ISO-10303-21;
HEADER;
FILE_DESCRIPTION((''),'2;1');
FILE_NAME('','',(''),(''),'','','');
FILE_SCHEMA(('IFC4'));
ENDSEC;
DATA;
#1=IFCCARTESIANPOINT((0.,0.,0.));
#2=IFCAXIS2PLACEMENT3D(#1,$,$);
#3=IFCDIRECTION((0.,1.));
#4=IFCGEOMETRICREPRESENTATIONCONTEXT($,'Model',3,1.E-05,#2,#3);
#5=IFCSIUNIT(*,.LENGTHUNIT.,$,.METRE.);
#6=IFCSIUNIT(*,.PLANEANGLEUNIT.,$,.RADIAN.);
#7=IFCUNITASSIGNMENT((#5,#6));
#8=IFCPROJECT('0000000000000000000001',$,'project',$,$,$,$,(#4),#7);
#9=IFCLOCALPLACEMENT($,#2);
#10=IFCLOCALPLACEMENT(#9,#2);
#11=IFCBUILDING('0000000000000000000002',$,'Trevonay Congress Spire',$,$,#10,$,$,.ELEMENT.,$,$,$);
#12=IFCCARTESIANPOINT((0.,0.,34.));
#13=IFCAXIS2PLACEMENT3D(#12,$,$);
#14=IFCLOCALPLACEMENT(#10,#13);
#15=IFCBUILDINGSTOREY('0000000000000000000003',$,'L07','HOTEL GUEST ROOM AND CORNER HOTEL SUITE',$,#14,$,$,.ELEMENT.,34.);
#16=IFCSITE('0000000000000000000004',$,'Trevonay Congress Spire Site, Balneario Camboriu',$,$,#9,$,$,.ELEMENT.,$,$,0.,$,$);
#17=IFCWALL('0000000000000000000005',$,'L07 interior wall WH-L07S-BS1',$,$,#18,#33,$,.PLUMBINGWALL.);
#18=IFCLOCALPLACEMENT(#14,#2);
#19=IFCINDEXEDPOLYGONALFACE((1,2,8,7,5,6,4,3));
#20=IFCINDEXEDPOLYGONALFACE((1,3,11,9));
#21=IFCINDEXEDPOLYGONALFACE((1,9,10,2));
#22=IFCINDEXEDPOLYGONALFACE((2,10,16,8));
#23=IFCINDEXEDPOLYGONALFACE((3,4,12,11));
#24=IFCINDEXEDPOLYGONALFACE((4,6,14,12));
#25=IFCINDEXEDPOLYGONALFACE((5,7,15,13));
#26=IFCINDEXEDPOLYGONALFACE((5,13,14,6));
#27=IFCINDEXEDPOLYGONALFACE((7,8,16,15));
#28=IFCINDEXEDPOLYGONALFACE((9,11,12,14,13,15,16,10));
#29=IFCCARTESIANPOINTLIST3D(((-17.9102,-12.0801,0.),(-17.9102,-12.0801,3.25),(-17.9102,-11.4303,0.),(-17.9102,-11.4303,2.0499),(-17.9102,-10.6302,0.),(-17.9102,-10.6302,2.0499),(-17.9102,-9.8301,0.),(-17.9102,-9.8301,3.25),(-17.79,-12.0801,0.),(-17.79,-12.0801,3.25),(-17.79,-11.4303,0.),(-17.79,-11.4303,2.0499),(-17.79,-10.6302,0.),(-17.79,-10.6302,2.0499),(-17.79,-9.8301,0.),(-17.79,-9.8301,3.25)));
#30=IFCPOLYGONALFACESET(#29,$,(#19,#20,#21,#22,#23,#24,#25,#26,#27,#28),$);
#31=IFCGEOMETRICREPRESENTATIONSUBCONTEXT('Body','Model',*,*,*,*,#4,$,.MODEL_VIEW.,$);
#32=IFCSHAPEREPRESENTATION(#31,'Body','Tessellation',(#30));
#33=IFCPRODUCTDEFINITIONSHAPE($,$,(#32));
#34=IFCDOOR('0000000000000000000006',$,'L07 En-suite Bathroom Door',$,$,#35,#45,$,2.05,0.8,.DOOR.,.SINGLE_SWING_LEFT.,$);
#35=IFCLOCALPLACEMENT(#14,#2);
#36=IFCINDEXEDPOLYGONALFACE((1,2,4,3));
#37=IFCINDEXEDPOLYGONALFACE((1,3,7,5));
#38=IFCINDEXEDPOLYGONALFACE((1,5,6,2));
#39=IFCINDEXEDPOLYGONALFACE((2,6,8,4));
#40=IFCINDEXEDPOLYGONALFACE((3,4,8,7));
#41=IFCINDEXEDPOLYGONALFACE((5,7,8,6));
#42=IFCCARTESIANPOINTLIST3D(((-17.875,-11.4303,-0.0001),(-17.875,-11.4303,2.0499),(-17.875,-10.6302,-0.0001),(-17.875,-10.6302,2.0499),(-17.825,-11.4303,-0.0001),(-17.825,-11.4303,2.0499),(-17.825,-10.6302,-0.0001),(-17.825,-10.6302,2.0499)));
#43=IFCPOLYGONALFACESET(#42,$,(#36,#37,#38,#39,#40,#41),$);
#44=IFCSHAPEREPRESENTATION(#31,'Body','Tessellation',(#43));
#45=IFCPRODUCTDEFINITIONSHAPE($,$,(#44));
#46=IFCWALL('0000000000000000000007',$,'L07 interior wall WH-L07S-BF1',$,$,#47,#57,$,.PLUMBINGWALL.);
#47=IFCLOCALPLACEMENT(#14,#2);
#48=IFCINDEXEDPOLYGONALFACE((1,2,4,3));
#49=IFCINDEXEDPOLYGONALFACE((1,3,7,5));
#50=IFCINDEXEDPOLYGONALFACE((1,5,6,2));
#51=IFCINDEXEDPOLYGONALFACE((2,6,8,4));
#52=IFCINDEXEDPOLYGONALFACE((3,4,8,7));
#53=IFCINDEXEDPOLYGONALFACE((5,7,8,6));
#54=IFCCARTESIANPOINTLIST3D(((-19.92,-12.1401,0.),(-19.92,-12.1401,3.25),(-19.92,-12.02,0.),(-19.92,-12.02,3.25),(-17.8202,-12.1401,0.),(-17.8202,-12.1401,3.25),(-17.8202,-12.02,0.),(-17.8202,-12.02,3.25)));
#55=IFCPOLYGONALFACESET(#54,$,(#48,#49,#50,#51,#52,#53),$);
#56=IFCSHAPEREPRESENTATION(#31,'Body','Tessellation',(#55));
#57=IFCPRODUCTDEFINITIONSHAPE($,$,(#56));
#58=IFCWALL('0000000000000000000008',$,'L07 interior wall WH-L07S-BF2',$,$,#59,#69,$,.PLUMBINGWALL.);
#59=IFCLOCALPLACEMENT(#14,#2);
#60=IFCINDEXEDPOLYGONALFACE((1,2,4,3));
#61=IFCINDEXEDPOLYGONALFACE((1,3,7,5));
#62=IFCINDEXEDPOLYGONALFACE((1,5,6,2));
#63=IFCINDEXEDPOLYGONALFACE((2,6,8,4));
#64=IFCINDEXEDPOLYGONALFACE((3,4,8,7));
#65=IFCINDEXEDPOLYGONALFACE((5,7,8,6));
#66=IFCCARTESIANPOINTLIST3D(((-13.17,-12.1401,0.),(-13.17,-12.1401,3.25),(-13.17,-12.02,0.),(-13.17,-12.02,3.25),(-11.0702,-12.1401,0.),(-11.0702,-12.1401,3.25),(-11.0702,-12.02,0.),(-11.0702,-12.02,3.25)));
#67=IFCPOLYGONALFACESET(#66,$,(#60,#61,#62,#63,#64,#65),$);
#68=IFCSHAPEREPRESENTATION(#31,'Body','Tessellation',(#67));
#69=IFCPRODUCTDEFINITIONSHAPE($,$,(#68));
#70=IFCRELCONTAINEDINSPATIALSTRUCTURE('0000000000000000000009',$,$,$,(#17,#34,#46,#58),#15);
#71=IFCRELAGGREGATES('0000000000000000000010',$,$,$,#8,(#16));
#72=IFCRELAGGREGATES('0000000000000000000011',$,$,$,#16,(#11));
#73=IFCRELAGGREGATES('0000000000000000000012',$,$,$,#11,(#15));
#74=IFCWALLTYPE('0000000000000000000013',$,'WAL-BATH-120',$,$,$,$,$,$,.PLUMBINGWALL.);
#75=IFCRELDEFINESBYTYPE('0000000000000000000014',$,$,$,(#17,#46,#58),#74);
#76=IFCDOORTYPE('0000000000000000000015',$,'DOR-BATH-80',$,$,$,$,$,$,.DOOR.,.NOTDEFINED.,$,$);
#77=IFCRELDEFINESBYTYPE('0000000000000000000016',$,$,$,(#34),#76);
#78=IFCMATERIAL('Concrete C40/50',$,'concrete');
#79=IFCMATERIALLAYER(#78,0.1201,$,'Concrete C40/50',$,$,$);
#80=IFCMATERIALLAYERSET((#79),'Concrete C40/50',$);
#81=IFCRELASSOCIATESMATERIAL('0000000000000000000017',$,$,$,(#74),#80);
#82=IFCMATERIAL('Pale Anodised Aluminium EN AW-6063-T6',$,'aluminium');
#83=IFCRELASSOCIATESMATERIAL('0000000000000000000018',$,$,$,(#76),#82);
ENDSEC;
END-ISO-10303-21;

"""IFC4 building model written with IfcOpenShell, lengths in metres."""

from ifc_helpers import new_model, si_unit, direction, frame, frame_2d, origin, place, context, subcontext, project, spatial, rectangle, extrude, material, layer, layer_set, type_object, element, fill, save


model = new_model("IFC4")

# Units and contexts
model_context = context("Model", 3, precision=1e-05, world=origin(), true_north=direction((0.0, 1.0)))
body_context = subcontext(model_context, "Body", "Model", "MODEL_VIEW")
ifc_project = project(units=[si_unit("LENGTHUNIT", "METRE"), si_unit("PLANEANGLEUNIT", "RADIAN")], contexts=[model_context])

# Site, building, storey
site_placement = place(None, origin())
site = spatial("IfcSite", under=ifc_project, at=site_placement, Name="Trevonay Congress Spire Site, Balneario Camboriu", CompositionType="ELEMENT", RefElevation=0.0)
building_placement = place(site_placement, origin())
building = spatial("IfcBuilding", under=site, at=building_placement, Name="Trevonay Congress Spire", CompositionType="ELEMENT")
storey_placement = place(building_placement, frame((0.0, 0.0, 34.0)))
storey = spatial("IfcBuildingStorey", under=building, at=storey_placement, Name="L07", Description="HOTEL GUEST ROOM AND CORNER HOTEL SUITE", CompositionType="ELEMENT", Elevation=34.0)

# Shared definitions
ifc_material_1 = material(Name="Pale Anodised Aluminium EN AW-6063-T6", Category="aluminium")

# Wall, opening, door
ifc_material_2 = material(Name="Concrete C40/50", Category="concrete")
ifc_layer_1 = layer(ifc_material_2, 0.1201, Name="Concrete C40/50")
ifc_layer_set_1 = layer_set([ifc_layer_1], Name="Concrete C40/50")
wall_type_1 = type_object("IfcWallType", Name="WAL-BATH-120", PredefinedType="PLUMBINGWALL", material=ifc_layer_set_1)
wall_1_placement = place(storey_placement, frame((-17.8501, -12.0801, 0.0), z_axis=(0.0, 0.0, 1.0), x_axis=(0.0, 1.0, 0.0)))
wall_1 = element("IfcWall", 1, at=wall_1_placement, inside=storey, type_object=wall_type_1, Name="L07 interior wall WH-L07S-BS1", PredefinedType="PLUMBINGWALL", context=body_context, shape_type="SweptSolid", body=[
    extrude(rectangle(XDim=2.25, YDim=0.1201, at=frame_2d((1.125, 0.0))), origin(), (0.0, 0.0, 1.0), 3.25),
])
opening_1_placement = place(wall_1_placement, frame((0.6499, 0.0, 0.0)))
opening_1 = element("IfcOpeningElement", 2, at=opening_1_placement, cuts=wall_1, PredefinedType="OPENING", context=body_context, shape_type="SweptSolid", body=[
    extrude(rectangle(XDim=0.8, YDim=2.05, at=frame_2d((0.3999, 1.0249))), frame((0.0, 0.0701, 0.0), z_axis=(0.0, -1.0, 0.0), x_axis=(1.0, 0.0, 0.0)), (0.0, 0.0, 1.0), 0.1401),
])
door_type_1 = type_object("IfcDoorType", Name="DOR-BATH-80", OperationType="NOTDEFINED", PredefinedType="DOOR", material=ifc_material_1)
door_1_placement = place(opening_1_placement, origin())
door_1 = element("IfcDoor", 3, at=door_1_placement, inside=storey, type_object=door_type_1, Name="L07 En-suite Bathroom Door", OperationType="SINGLE_SWING_LEFT", OverallHeight=2.05, OverallWidth=0.8, PredefinedType="DOOR", context=body_context, shape_type="SweptSolid", body=[
    extrude(rectangle(XDim=0.8, YDim=2.05, at=frame_2d((0.3999, 1.0249))), frame((0.0, 0.0249, 0.0), z_axis=(0.0, -1.0, 0.0), x_axis=(1.0, 0.0, 0.0)), (0.0, 0.0, 1.0), 0.05),
])
fill(opening_1, door_1)

# Walls
for number, where, z_axis, x_axis, name in (
    (4, (-19.9199, -12.0801, 0.0), (0.0, 0.0, 1.0), (1.0, 0.0, 0.0), "L07 interior wall WH-L07S-BF1"),
    (5, (-13.1699, -12.0801, 0.0), (0.0, 0.0, 1.0), (1.0, 0.0, 0.0), "L07 interior wall WH-L07S-BF2"),
):
    element("IfcWall", number, at=place(storey_placement, frame(where, z_axis=z_axis, x_axis=x_axis)), inside=storey, type_object=wall_type_1, Name=name, PredefinedType="PLUMBINGWALL", context=body_context, shape_type="SweptSolid", body=[
        extrude(rectangle(XDim=2.0999, YDim=0.1201, at=frame_2d((1.0498, 0.0))), origin(), (0.0, 0.0, 1.0), 3.25),
    ])

save(model, "model.ifc")
